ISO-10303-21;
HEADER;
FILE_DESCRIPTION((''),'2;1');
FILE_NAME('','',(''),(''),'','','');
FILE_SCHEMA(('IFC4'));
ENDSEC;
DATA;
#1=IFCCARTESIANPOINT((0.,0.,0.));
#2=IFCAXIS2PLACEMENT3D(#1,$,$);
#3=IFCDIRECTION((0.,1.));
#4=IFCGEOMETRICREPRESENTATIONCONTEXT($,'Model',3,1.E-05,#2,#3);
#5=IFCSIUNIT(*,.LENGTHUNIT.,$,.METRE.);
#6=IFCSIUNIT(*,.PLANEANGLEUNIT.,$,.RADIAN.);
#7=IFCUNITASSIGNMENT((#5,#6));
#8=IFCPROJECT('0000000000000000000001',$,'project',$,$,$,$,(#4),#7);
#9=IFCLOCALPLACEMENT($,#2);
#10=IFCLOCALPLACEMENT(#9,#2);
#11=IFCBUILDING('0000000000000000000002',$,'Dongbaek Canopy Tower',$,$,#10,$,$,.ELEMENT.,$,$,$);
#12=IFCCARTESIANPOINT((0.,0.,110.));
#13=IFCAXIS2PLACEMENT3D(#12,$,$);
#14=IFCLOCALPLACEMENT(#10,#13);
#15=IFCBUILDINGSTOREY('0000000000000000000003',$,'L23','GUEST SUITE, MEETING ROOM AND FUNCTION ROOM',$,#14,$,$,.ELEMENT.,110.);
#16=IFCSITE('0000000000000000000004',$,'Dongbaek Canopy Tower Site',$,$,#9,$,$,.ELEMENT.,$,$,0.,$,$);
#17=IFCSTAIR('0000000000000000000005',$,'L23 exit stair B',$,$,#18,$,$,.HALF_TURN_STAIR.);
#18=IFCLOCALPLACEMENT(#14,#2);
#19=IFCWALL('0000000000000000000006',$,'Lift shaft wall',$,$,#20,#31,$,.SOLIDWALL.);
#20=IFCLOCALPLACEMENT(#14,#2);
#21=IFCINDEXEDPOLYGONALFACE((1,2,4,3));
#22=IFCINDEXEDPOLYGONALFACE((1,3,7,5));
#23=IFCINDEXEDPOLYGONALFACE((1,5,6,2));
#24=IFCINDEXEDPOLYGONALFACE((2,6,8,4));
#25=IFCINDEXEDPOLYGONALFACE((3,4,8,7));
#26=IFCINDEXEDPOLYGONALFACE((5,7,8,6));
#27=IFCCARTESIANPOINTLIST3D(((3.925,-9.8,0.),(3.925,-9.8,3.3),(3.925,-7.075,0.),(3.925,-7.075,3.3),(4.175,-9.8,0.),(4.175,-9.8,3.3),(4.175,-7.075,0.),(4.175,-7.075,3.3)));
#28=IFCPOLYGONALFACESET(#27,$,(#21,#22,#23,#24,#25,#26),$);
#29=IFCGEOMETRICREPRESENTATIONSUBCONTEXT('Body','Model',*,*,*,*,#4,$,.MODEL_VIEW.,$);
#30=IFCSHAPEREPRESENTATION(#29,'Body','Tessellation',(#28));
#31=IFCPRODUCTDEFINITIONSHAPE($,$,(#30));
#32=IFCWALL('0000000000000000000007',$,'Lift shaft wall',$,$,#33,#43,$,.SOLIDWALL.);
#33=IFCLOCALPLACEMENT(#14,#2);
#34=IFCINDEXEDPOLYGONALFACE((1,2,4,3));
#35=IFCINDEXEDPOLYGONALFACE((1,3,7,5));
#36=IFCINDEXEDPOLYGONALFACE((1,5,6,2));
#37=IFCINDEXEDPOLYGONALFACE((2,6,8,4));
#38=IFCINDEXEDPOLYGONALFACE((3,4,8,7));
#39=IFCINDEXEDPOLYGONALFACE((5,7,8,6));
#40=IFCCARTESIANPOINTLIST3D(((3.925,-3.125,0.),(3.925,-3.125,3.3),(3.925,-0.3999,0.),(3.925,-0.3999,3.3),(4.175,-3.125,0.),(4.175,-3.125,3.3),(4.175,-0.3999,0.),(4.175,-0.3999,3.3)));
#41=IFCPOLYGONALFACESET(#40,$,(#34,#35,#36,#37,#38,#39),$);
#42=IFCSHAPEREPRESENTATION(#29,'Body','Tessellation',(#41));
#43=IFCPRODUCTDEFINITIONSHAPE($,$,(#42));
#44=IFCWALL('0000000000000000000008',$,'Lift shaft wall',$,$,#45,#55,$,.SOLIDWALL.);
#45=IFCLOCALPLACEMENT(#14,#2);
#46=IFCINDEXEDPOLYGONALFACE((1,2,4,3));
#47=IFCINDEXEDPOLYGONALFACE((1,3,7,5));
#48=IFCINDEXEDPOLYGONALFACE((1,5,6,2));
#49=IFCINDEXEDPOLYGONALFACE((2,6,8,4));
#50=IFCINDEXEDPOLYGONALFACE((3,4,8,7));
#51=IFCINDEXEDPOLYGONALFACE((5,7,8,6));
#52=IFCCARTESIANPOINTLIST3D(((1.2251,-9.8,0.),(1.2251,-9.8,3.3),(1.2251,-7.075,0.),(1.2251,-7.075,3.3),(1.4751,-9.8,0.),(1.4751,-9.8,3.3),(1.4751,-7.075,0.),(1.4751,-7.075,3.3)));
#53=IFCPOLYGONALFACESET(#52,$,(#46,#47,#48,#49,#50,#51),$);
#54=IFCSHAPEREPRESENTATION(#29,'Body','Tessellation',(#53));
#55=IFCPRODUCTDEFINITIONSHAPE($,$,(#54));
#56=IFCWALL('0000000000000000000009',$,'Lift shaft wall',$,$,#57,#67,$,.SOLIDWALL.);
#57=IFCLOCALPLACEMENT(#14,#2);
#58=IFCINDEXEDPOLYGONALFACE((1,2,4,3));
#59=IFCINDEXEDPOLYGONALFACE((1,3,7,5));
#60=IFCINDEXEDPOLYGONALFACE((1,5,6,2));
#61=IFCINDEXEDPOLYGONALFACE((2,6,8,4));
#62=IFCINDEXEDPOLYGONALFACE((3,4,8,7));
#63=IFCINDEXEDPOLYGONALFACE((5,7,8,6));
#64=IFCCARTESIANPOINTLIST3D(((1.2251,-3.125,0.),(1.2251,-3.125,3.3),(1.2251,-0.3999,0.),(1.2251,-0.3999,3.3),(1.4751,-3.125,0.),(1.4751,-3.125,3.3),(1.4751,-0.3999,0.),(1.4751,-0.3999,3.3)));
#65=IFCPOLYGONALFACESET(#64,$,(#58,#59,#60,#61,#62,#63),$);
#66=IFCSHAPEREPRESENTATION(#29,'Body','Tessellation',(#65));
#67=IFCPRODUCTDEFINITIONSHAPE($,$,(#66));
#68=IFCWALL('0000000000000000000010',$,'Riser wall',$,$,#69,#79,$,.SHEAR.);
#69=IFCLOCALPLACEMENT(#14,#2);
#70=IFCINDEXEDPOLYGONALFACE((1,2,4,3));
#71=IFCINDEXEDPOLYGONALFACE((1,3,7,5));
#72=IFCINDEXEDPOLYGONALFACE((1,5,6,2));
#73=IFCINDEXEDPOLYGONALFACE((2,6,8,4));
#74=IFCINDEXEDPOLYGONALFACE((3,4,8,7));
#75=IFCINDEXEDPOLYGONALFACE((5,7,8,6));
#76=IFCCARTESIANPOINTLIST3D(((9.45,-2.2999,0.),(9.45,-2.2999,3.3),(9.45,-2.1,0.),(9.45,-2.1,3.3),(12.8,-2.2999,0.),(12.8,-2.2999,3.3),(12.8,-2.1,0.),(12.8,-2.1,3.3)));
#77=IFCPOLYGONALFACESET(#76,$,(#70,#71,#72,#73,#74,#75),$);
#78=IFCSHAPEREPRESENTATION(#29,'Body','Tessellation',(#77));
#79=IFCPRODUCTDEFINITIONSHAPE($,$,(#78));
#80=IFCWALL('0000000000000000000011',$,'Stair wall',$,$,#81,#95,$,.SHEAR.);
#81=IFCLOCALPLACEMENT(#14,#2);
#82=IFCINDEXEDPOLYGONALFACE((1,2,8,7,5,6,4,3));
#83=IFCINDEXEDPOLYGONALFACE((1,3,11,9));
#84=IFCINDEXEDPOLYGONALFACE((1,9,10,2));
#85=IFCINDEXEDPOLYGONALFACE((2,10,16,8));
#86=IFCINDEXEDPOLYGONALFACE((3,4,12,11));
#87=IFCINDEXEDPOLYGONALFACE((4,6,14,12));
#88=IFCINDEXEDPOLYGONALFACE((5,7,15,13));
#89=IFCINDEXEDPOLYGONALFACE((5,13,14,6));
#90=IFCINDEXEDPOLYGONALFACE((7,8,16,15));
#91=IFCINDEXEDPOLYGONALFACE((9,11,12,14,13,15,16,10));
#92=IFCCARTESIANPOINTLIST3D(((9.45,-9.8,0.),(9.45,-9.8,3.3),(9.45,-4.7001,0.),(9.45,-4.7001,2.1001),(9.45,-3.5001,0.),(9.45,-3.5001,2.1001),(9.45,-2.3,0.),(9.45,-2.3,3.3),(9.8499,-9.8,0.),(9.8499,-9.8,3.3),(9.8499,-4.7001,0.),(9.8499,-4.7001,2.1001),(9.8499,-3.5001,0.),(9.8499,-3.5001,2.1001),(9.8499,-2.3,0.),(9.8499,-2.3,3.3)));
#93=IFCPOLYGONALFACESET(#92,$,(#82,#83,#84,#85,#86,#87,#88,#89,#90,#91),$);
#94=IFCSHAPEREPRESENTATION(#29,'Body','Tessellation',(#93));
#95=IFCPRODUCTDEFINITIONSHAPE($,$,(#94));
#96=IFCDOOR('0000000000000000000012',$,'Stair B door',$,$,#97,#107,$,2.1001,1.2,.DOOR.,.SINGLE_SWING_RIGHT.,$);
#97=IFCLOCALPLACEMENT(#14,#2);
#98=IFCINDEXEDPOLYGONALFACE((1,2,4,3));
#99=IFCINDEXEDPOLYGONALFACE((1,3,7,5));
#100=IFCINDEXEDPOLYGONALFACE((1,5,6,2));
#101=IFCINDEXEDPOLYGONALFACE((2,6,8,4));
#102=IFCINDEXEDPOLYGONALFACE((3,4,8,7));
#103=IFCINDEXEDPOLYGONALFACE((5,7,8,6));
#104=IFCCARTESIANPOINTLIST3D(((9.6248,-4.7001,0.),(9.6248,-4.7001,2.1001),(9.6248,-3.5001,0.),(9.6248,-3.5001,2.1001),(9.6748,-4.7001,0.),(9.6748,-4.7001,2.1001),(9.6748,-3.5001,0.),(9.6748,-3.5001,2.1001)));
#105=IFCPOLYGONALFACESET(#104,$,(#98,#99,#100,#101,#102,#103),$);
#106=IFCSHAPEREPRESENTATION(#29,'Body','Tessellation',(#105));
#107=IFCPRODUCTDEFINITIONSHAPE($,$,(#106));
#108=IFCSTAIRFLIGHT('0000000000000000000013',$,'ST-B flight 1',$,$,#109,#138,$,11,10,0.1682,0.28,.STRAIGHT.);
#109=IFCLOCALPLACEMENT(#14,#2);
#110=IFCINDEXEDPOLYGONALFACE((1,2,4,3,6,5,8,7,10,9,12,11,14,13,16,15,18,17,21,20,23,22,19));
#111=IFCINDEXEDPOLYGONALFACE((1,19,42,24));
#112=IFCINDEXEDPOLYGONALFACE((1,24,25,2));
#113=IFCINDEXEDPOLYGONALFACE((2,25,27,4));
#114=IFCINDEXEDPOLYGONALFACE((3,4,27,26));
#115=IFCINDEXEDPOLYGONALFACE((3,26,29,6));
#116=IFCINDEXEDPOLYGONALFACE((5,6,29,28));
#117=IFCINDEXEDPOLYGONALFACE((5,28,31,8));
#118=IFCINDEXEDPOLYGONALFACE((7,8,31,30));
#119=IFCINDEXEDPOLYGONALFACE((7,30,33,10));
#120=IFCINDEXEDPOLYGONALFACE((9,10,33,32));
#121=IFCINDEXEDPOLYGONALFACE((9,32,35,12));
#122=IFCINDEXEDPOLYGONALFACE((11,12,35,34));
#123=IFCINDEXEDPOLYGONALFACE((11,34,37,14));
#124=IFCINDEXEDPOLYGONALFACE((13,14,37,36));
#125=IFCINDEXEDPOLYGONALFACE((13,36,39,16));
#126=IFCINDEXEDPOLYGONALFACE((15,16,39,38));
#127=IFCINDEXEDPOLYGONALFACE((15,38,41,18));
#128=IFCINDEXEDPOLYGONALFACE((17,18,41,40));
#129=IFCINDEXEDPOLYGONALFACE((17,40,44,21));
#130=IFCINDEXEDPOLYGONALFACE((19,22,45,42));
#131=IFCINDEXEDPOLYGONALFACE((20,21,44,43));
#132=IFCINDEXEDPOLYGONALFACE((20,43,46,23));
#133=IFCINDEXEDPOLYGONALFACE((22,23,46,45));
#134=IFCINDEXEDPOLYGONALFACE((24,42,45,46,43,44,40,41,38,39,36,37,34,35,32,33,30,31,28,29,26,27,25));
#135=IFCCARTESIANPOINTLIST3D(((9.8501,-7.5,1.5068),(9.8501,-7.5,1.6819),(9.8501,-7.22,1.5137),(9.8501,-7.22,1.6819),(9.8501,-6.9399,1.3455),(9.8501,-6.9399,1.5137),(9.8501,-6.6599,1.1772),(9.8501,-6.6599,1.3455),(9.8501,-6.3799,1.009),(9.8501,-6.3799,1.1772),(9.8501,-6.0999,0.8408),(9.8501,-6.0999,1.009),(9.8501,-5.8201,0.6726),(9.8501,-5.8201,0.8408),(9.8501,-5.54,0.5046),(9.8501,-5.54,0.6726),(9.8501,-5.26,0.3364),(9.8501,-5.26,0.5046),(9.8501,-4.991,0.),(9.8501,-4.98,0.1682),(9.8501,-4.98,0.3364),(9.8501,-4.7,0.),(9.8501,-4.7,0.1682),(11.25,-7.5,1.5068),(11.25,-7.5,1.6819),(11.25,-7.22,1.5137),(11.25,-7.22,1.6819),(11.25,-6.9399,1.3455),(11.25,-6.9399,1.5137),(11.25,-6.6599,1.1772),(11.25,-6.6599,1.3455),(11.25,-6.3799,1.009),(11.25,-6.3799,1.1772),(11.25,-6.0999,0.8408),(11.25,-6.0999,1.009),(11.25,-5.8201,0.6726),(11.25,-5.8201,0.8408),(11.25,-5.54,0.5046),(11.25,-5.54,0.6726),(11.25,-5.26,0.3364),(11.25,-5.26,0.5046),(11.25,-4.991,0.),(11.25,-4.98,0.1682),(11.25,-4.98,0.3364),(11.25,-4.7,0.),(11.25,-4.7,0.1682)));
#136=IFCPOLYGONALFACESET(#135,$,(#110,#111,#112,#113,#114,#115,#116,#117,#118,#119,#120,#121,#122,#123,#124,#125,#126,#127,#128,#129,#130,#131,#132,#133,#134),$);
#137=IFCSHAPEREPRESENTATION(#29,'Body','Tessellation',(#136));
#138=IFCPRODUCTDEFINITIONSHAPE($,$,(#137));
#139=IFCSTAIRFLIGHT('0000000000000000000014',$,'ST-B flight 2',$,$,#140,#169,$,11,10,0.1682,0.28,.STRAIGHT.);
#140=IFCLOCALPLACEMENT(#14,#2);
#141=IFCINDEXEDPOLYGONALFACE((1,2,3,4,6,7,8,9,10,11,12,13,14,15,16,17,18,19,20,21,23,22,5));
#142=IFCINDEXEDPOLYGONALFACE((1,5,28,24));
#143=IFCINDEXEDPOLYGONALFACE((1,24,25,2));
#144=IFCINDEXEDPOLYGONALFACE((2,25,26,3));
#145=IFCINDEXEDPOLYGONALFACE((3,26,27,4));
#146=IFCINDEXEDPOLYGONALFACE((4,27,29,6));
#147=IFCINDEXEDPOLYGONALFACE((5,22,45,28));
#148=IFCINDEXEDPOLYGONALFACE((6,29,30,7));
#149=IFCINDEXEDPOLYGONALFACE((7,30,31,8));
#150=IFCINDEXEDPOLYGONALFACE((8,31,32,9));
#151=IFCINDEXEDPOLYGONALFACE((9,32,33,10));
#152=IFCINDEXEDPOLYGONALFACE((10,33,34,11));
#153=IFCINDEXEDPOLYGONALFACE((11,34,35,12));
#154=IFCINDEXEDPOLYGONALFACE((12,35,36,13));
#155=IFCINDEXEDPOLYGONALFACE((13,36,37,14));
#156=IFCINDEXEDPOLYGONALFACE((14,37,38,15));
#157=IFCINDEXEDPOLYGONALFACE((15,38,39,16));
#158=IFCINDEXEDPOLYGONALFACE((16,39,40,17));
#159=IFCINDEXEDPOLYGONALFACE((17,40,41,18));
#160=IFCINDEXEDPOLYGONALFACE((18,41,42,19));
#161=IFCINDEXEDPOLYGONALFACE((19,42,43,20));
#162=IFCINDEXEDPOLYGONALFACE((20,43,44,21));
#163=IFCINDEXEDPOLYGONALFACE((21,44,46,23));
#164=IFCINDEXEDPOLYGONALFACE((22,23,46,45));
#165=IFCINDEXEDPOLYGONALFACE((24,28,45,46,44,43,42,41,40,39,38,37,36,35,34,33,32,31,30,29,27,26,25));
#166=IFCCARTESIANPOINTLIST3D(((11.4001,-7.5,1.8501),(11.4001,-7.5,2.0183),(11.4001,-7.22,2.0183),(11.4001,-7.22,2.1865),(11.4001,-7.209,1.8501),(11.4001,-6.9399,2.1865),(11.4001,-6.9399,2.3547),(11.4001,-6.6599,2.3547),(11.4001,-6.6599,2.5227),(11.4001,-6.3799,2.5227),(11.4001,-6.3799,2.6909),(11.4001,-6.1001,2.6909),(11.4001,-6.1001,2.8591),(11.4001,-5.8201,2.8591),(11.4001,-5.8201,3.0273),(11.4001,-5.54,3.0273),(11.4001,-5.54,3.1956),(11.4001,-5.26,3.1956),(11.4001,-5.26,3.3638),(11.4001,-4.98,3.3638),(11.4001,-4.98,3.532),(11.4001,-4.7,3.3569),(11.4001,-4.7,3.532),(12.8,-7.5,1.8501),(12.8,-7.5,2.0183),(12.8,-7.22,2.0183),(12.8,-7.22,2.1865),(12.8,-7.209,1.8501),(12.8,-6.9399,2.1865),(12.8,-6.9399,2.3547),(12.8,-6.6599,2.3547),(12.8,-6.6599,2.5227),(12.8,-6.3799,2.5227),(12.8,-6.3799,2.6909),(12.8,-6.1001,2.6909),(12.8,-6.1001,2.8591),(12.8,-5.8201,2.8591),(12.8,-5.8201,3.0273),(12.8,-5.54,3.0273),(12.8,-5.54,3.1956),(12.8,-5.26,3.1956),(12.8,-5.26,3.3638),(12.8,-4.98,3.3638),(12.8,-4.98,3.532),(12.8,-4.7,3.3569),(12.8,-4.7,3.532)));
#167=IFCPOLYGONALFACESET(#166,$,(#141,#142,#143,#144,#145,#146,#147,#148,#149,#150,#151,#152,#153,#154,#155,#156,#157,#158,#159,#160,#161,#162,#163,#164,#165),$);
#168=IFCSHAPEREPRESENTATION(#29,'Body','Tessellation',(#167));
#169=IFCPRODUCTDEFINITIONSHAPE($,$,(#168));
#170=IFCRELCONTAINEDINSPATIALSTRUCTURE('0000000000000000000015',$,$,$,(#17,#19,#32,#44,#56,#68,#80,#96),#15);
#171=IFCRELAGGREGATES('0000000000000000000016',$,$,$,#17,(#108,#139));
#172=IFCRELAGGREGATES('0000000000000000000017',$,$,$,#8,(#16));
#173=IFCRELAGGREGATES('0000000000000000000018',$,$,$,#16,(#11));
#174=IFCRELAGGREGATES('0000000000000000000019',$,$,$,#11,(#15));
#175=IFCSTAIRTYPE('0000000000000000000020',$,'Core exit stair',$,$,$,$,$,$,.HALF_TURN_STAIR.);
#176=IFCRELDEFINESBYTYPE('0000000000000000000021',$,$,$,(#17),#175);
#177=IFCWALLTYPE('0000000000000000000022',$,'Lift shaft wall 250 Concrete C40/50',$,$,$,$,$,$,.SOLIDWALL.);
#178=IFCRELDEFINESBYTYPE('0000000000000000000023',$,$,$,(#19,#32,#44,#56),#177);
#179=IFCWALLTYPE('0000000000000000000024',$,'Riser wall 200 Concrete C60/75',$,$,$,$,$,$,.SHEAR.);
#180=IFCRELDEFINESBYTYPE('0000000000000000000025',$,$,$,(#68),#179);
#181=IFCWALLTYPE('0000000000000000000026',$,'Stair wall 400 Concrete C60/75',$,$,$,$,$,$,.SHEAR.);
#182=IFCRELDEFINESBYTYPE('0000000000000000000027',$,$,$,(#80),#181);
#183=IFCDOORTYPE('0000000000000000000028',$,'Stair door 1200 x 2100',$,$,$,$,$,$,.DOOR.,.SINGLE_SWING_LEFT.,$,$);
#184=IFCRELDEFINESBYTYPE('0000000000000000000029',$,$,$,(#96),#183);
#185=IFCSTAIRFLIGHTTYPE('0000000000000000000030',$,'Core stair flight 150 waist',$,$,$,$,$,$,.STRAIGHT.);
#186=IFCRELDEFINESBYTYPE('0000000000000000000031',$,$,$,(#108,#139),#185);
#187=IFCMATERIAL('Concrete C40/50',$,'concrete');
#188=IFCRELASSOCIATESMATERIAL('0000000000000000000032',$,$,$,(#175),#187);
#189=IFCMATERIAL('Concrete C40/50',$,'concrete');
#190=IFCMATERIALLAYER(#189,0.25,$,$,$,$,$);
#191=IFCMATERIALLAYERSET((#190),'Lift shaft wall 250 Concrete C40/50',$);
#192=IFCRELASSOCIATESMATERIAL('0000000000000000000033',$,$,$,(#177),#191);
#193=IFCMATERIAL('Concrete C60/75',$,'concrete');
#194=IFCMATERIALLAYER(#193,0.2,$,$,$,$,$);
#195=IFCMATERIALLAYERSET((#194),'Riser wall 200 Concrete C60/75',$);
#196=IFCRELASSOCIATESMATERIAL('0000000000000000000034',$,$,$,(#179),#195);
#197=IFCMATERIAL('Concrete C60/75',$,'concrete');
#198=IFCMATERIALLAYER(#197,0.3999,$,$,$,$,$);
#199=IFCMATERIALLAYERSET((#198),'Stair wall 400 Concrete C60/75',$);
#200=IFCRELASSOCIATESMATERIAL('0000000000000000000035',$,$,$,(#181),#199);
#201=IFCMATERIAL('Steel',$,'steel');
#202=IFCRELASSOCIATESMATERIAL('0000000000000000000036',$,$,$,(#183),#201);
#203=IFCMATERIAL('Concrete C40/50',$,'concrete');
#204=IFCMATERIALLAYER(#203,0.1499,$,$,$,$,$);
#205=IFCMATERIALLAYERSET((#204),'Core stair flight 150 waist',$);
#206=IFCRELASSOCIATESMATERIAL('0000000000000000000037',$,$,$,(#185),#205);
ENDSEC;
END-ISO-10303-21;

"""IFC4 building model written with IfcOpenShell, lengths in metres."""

from ifc_helpers import new_model, si_unit, direction, frame, frame_2d, origin, place, context, subcontext, project, spatial, polyline, rectangle, outline, extrude, material, layer, layer_set, type_object, element, fill, aggregate, save


model = new_model("IFC4")

# Units and contexts
model_context = context("Model", 3, precision=1e-05, world=origin(), true_north=direction((0.0, 1.0)))
body_context = subcontext(model_context, "Body", "Model", "MODEL_VIEW")
ifc_project = project(units=[si_unit("LENGTHUNIT", "METRE"), si_unit("PLANEANGLEUNIT", "RADIAN")], contexts=[model_context])

# Site, building, storey
site_placement = place(None, origin())
site = spatial("IfcSite", under=ifc_project, at=site_placement, Name="Dongbaek Canopy Tower Site", CompositionType="ELEMENT", RefElevation=0.0)
building_placement = place(site_placement, origin())
building = spatial("IfcBuilding", under=site, at=building_placement, Name="Dongbaek Canopy Tower", CompositionType="ELEMENT")
storey_placement = place(building_placement, frame((0.0, 0.0, 110.0)))
storey = spatial("IfcBuildingStorey", under=building, at=storey_placement, Name="L23", Description="GUEST SUITE, MEETING ROOM AND FUNCTION ROOM", CompositionType="ELEMENT", Elevation=110.0)

# Stair
ifc_material_1 = material(Name="Concrete C40/50", Category="concrete")
stair_type = type_object("IfcStairType", Name="Core exit stair", PredefinedType="HALF_TURN_STAIR", material=ifc_material_1)
stair_1_placement = place(storey_placement, origin())
stair_1 = element("IfcStair", 1, at=stair_1_placement, inside=storey, type_object=stair_type, Name="L23 exit stair B", PredefinedType="HALF_TURN_STAIR")

# Walls
ifc_material_2 = material(Name="Concrete C40/50", Category="concrete")
ifc_layer_1 = layer(ifc_material_2, 0.25)
ifc_layer_set_1 = layer_set([ifc_layer_1], Name="Lift shaft wall 250 Concrete C40/50")
wall_type_1 = type_object("IfcWallType", Name="Lift shaft wall 250 Concrete C40/50", PredefinedType="SOLIDWALL", material=ifc_layer_set_1)
for number, where, z_axis, x_axis, name in (
    (2, (4.05, -9.8, 0.0), (0.0, 0.0, 1.0), (0.0, 1.0, 0.0), "Lift shaft wall"),
    (3, (4.05, -3.125, 0.0), (0.0, 0.0, 1.0), (0.0, 1.0, 0.0), "Lift shaft wall"),
    (4, (1.3501, -9.8, 0.0), (0.0, 0.0, 1.0), (0.0, 1.0, 0.0), "Lift shaft wall"),
    (5, (1.3501, -3.125, 0.0), (0.0, 0.0, 1.0), (0.0, 1.0, 0.0), "Lift shaft wall"),
):
    element("IfcWall", number, at=place(storey_placement, frame(where, z_axis=z_axis, x_axis=x_axis)), inside=storey, type_object=wall_type_1, Name=name, PredefinedType="SOLIDWALL", context=body_context, shape_type="SweptSolid", body=[
        extrude(rectangle(XDim=2.7251, YDim=0.25, at=frame_2d((1.3625, 0.0))), origin(), (0.0, 0.0, 1.0), 3.3),
    ])
ifc_material_3 = material(Name="Concrete C60/75", Category="concrete")
ifc_layer_2 = layer(ifc_material_3, 0.2)
ifc_layer_set_2 = layer_set([ifc_layer_2], Name="Riser wall 200 Concrete C60/75")
wall_type_2 = type_object("IfcWallType", Name="Riser wall 200 Concrete C60/75", PredefinedType="SHEAR", material=ifc_layer_set_2)
wall_1_placement = place(storey_placement, frame((9.45, -2.2, 0.0), z_axis=(0.0, 0.0, 1.0), x_axis=(1.0, 0.0, 0.0)))
element("IfcWall", 6, at=wall_1_placement, inside=storey, type_object=wall_type_2, Name="Riser wall", PredefinedType="SHEAR", context=body_context, shape_type="SweptSolid", body=[
    extrude(rectangle(XDim=3.3501, YDim=0.2, at=frame_2d((1.675, 0.0))), origin(), (0.0, 0.0, 1.0), 3.3),
])

# Wall, opening, door
ifc_material_4 = material(Name="Concrete C60/75", Category="concrete")
ifc_layer_3 = layer(ifc_material_4, 0.3999)
ifc_layer_set_3 = layer_set([ifc_layer_3], Name="Stair wall 400 Concrete C60/75")
wall_type_3 = type_object("IfcWallType", Name="Stair wall 400 Concrete C60/75", PredefinedType="SHEAR", material=ifc_layer_set_3)
wall_2_placement = place(storey_placement, frame((9.6499, -2.3, 0.0), z_axis=(0.0, 0.0, 1.0), x_axis=(0.0, -1.0, 0.0)))
wall_2 = element("IfcWall", 7, at=wall_2_placement, inside=storey, type_object=wall_type_3, Name="Stair wall", PredefinedType="SHEAR", context=body_context, shape_type="SweptSolid", body=[
    extrude(rectangle(XDim=7.5, YDim=0.3999, at=frame_2d((3.75, 0.0))), origin(), (0.0, 0.0, 1.0), 3.3),
])
opening_1_placement = place(wall_2_placement, frame((1.2, 0.0, 0.0)))
opening_1 = element("IfcOpeningElement", 8, at=opening_1_placement, cuts=wall_2, PredefinedType="OPENING", context=body_context, shape_type="SweptSolid", body=[
    extrude(rectangle(XDim=1.2, YDim=2.1001, at=frame_2d((0.6001, 1.05))), frame((0.0, 0.21, 0.0), z_axis=(0.0, -1.0, 0.0), x_axis=(1.0, 0.0, 0.0)), (0.0, 0.0, 1.0), 0.4199),
])
ifc_material_5 = material(Name="Steel", Category="steel")
door_type_1 = type_object("IfcDoorType", Name="Stair door 1200 x 2100", OperationType="SINGLE_SWING_LEFT", PredefinedType="DOOR", material=ifc_material_5)
door_1_placement = place(opening_1_placement, origin())
door_1 = element("IfcDoor", 9, at=door_1_placement, inside=storey, type_object=door_type_1, Name="Stair B door", OperationType="SINGLE_SWING_RIGHT", OverallHeight=2.1001, OverallWidth=1.2, PredefinedType="DOOR", context=body_context, shape_type="SweptSolid", body=[
    extrude(rectangle(XDim=1.2, YDim=2.1001, at=frame_2d((0.6001, 1.05))), frame((0.0, 0.0249, 0.0), z_axis=(0.0, -1.0, 0.0), x_axis=(1.0, 0.0, 0.0)), (0.0, 0.0, 1.0), 0.05),
])
fill(opening_1, door_1)

# Stair flights
ifc_material_6 = material(Name="Concrete C40/50", Category="concrete")
ifc_layer_4 = layer(ifc_material_6, 0.1499)
ifc_layer_set_4 = layer_set([ifc_layer_4], Name="Core stair flight 150 waist")
stair_flight_type = type_object("IfcStairFlightType", Name="Core stair flight 150 waist", PredefinedType="STRAIGHT", material=ifc_layer_set_4)
stair_flight_1_placement = place(storey_placement, frame((10.55, -4.7, 0.0), z_axis=(0.0, 0.0, 1.0), x_axis=(0.0, -1.0, 0.0)))
stair_flight_1 = element("IfcStairFlight", 10, at=stair_flight_1_placement, type_object=stair_flight_type, Name="ST-B flight 1", NumberOfRisers=11, NumberOfTreads=10, PredefinedType="STRAIGHT", RiserHeight=0.1682, TreadLength=0.28, context=body_context, shape_type="SweptSolid", body=[
    extrude(outline(polyline([(0.0, 0.0), (0.0, 0.1682), (0.28, 0.1682), (0.28, 0.3364), (0.5601, 0.3364), (0.5601, 0.5046), (0.8401, 0.5046), (0.8401, 0.6726), (1.1201, 0.6726), (1.1201, 0.8408), (1.3999, 0.8408), (1.3999, 1.009), (1.6799, 1.009), (1.6799, 1.1772), (1.96, 1.1772), (1.96, 1.3455), (2.24, 1.3455), (2.24, 1.5137), (2.52, 1.5137), (2.52, 1.6819), (2.8, 1.6819), (2.8, 1.8501), (2.8, 1.5068), (0.291, 0.0), (0.0, 0.0)])), frame((0.0, 0.7, 0.0), z_axis=(0.0, -1.0, 0.0), x_axis=(1.0, 0.0, 0.0)), (0.0, 0.0, 1.0), 1.3999),
])
stair_flight_2_placement = place(storey_placement, frame((12.1001, -7.5, 1.8501), z_axis=(0.0, 0.0, 1.0), x_axis=(0.0, 1.0, 0.0)))
stair_flight_2 = element("IfcStairFlight", 11, at=stair_flight_2_placement, type_object=stair_flight_type, Name="ST-B flight 2", NumberOfRisers=11, NumberOfTreads=10, PredefinedType="STRAIGHT", RiserHeight=0.1682, TreadLength=0.28, context=body_context, shape_type="SweptSolid", body=[
    extrude(outline(polyline([(0.0, 0.0), (0.0, 0.1682), (0.28, 0.1682), (0.28, 0.3364), (0.5601, 0.3364), (0.5601, 0.5046), (0.8401, 0.5046), (0.8401, 0.6726), (1.1201, 0.6726), (1.1201, 0.8408), (1.3999, 0.8408), (1.3999, 1.009), (1.6799, 1.009), (1.6799, 1.1772), (1.96, 1.1772), (1.96, 1.3455), (2.24, 1.3455), (2.24, 1.5137), (2.52, 1.5137), (2.52, 1.6819), (2.8, 1.6819), (2.8, 1.8501), (2.8, 1.5068), (0.291, 0.0), (0.0, 0.0)])), frame((0.0, 0.7, 0.0), z_axis=(0.0, -1.0, 0.0), x_axis=(1.0, 0.0, 0.0)), (0.0, 0.0, 1.0), 1.3999),
])
aggregate(stair_1, [stair_flight_1, stair_flight_2])

save(model, "model.ifc")
